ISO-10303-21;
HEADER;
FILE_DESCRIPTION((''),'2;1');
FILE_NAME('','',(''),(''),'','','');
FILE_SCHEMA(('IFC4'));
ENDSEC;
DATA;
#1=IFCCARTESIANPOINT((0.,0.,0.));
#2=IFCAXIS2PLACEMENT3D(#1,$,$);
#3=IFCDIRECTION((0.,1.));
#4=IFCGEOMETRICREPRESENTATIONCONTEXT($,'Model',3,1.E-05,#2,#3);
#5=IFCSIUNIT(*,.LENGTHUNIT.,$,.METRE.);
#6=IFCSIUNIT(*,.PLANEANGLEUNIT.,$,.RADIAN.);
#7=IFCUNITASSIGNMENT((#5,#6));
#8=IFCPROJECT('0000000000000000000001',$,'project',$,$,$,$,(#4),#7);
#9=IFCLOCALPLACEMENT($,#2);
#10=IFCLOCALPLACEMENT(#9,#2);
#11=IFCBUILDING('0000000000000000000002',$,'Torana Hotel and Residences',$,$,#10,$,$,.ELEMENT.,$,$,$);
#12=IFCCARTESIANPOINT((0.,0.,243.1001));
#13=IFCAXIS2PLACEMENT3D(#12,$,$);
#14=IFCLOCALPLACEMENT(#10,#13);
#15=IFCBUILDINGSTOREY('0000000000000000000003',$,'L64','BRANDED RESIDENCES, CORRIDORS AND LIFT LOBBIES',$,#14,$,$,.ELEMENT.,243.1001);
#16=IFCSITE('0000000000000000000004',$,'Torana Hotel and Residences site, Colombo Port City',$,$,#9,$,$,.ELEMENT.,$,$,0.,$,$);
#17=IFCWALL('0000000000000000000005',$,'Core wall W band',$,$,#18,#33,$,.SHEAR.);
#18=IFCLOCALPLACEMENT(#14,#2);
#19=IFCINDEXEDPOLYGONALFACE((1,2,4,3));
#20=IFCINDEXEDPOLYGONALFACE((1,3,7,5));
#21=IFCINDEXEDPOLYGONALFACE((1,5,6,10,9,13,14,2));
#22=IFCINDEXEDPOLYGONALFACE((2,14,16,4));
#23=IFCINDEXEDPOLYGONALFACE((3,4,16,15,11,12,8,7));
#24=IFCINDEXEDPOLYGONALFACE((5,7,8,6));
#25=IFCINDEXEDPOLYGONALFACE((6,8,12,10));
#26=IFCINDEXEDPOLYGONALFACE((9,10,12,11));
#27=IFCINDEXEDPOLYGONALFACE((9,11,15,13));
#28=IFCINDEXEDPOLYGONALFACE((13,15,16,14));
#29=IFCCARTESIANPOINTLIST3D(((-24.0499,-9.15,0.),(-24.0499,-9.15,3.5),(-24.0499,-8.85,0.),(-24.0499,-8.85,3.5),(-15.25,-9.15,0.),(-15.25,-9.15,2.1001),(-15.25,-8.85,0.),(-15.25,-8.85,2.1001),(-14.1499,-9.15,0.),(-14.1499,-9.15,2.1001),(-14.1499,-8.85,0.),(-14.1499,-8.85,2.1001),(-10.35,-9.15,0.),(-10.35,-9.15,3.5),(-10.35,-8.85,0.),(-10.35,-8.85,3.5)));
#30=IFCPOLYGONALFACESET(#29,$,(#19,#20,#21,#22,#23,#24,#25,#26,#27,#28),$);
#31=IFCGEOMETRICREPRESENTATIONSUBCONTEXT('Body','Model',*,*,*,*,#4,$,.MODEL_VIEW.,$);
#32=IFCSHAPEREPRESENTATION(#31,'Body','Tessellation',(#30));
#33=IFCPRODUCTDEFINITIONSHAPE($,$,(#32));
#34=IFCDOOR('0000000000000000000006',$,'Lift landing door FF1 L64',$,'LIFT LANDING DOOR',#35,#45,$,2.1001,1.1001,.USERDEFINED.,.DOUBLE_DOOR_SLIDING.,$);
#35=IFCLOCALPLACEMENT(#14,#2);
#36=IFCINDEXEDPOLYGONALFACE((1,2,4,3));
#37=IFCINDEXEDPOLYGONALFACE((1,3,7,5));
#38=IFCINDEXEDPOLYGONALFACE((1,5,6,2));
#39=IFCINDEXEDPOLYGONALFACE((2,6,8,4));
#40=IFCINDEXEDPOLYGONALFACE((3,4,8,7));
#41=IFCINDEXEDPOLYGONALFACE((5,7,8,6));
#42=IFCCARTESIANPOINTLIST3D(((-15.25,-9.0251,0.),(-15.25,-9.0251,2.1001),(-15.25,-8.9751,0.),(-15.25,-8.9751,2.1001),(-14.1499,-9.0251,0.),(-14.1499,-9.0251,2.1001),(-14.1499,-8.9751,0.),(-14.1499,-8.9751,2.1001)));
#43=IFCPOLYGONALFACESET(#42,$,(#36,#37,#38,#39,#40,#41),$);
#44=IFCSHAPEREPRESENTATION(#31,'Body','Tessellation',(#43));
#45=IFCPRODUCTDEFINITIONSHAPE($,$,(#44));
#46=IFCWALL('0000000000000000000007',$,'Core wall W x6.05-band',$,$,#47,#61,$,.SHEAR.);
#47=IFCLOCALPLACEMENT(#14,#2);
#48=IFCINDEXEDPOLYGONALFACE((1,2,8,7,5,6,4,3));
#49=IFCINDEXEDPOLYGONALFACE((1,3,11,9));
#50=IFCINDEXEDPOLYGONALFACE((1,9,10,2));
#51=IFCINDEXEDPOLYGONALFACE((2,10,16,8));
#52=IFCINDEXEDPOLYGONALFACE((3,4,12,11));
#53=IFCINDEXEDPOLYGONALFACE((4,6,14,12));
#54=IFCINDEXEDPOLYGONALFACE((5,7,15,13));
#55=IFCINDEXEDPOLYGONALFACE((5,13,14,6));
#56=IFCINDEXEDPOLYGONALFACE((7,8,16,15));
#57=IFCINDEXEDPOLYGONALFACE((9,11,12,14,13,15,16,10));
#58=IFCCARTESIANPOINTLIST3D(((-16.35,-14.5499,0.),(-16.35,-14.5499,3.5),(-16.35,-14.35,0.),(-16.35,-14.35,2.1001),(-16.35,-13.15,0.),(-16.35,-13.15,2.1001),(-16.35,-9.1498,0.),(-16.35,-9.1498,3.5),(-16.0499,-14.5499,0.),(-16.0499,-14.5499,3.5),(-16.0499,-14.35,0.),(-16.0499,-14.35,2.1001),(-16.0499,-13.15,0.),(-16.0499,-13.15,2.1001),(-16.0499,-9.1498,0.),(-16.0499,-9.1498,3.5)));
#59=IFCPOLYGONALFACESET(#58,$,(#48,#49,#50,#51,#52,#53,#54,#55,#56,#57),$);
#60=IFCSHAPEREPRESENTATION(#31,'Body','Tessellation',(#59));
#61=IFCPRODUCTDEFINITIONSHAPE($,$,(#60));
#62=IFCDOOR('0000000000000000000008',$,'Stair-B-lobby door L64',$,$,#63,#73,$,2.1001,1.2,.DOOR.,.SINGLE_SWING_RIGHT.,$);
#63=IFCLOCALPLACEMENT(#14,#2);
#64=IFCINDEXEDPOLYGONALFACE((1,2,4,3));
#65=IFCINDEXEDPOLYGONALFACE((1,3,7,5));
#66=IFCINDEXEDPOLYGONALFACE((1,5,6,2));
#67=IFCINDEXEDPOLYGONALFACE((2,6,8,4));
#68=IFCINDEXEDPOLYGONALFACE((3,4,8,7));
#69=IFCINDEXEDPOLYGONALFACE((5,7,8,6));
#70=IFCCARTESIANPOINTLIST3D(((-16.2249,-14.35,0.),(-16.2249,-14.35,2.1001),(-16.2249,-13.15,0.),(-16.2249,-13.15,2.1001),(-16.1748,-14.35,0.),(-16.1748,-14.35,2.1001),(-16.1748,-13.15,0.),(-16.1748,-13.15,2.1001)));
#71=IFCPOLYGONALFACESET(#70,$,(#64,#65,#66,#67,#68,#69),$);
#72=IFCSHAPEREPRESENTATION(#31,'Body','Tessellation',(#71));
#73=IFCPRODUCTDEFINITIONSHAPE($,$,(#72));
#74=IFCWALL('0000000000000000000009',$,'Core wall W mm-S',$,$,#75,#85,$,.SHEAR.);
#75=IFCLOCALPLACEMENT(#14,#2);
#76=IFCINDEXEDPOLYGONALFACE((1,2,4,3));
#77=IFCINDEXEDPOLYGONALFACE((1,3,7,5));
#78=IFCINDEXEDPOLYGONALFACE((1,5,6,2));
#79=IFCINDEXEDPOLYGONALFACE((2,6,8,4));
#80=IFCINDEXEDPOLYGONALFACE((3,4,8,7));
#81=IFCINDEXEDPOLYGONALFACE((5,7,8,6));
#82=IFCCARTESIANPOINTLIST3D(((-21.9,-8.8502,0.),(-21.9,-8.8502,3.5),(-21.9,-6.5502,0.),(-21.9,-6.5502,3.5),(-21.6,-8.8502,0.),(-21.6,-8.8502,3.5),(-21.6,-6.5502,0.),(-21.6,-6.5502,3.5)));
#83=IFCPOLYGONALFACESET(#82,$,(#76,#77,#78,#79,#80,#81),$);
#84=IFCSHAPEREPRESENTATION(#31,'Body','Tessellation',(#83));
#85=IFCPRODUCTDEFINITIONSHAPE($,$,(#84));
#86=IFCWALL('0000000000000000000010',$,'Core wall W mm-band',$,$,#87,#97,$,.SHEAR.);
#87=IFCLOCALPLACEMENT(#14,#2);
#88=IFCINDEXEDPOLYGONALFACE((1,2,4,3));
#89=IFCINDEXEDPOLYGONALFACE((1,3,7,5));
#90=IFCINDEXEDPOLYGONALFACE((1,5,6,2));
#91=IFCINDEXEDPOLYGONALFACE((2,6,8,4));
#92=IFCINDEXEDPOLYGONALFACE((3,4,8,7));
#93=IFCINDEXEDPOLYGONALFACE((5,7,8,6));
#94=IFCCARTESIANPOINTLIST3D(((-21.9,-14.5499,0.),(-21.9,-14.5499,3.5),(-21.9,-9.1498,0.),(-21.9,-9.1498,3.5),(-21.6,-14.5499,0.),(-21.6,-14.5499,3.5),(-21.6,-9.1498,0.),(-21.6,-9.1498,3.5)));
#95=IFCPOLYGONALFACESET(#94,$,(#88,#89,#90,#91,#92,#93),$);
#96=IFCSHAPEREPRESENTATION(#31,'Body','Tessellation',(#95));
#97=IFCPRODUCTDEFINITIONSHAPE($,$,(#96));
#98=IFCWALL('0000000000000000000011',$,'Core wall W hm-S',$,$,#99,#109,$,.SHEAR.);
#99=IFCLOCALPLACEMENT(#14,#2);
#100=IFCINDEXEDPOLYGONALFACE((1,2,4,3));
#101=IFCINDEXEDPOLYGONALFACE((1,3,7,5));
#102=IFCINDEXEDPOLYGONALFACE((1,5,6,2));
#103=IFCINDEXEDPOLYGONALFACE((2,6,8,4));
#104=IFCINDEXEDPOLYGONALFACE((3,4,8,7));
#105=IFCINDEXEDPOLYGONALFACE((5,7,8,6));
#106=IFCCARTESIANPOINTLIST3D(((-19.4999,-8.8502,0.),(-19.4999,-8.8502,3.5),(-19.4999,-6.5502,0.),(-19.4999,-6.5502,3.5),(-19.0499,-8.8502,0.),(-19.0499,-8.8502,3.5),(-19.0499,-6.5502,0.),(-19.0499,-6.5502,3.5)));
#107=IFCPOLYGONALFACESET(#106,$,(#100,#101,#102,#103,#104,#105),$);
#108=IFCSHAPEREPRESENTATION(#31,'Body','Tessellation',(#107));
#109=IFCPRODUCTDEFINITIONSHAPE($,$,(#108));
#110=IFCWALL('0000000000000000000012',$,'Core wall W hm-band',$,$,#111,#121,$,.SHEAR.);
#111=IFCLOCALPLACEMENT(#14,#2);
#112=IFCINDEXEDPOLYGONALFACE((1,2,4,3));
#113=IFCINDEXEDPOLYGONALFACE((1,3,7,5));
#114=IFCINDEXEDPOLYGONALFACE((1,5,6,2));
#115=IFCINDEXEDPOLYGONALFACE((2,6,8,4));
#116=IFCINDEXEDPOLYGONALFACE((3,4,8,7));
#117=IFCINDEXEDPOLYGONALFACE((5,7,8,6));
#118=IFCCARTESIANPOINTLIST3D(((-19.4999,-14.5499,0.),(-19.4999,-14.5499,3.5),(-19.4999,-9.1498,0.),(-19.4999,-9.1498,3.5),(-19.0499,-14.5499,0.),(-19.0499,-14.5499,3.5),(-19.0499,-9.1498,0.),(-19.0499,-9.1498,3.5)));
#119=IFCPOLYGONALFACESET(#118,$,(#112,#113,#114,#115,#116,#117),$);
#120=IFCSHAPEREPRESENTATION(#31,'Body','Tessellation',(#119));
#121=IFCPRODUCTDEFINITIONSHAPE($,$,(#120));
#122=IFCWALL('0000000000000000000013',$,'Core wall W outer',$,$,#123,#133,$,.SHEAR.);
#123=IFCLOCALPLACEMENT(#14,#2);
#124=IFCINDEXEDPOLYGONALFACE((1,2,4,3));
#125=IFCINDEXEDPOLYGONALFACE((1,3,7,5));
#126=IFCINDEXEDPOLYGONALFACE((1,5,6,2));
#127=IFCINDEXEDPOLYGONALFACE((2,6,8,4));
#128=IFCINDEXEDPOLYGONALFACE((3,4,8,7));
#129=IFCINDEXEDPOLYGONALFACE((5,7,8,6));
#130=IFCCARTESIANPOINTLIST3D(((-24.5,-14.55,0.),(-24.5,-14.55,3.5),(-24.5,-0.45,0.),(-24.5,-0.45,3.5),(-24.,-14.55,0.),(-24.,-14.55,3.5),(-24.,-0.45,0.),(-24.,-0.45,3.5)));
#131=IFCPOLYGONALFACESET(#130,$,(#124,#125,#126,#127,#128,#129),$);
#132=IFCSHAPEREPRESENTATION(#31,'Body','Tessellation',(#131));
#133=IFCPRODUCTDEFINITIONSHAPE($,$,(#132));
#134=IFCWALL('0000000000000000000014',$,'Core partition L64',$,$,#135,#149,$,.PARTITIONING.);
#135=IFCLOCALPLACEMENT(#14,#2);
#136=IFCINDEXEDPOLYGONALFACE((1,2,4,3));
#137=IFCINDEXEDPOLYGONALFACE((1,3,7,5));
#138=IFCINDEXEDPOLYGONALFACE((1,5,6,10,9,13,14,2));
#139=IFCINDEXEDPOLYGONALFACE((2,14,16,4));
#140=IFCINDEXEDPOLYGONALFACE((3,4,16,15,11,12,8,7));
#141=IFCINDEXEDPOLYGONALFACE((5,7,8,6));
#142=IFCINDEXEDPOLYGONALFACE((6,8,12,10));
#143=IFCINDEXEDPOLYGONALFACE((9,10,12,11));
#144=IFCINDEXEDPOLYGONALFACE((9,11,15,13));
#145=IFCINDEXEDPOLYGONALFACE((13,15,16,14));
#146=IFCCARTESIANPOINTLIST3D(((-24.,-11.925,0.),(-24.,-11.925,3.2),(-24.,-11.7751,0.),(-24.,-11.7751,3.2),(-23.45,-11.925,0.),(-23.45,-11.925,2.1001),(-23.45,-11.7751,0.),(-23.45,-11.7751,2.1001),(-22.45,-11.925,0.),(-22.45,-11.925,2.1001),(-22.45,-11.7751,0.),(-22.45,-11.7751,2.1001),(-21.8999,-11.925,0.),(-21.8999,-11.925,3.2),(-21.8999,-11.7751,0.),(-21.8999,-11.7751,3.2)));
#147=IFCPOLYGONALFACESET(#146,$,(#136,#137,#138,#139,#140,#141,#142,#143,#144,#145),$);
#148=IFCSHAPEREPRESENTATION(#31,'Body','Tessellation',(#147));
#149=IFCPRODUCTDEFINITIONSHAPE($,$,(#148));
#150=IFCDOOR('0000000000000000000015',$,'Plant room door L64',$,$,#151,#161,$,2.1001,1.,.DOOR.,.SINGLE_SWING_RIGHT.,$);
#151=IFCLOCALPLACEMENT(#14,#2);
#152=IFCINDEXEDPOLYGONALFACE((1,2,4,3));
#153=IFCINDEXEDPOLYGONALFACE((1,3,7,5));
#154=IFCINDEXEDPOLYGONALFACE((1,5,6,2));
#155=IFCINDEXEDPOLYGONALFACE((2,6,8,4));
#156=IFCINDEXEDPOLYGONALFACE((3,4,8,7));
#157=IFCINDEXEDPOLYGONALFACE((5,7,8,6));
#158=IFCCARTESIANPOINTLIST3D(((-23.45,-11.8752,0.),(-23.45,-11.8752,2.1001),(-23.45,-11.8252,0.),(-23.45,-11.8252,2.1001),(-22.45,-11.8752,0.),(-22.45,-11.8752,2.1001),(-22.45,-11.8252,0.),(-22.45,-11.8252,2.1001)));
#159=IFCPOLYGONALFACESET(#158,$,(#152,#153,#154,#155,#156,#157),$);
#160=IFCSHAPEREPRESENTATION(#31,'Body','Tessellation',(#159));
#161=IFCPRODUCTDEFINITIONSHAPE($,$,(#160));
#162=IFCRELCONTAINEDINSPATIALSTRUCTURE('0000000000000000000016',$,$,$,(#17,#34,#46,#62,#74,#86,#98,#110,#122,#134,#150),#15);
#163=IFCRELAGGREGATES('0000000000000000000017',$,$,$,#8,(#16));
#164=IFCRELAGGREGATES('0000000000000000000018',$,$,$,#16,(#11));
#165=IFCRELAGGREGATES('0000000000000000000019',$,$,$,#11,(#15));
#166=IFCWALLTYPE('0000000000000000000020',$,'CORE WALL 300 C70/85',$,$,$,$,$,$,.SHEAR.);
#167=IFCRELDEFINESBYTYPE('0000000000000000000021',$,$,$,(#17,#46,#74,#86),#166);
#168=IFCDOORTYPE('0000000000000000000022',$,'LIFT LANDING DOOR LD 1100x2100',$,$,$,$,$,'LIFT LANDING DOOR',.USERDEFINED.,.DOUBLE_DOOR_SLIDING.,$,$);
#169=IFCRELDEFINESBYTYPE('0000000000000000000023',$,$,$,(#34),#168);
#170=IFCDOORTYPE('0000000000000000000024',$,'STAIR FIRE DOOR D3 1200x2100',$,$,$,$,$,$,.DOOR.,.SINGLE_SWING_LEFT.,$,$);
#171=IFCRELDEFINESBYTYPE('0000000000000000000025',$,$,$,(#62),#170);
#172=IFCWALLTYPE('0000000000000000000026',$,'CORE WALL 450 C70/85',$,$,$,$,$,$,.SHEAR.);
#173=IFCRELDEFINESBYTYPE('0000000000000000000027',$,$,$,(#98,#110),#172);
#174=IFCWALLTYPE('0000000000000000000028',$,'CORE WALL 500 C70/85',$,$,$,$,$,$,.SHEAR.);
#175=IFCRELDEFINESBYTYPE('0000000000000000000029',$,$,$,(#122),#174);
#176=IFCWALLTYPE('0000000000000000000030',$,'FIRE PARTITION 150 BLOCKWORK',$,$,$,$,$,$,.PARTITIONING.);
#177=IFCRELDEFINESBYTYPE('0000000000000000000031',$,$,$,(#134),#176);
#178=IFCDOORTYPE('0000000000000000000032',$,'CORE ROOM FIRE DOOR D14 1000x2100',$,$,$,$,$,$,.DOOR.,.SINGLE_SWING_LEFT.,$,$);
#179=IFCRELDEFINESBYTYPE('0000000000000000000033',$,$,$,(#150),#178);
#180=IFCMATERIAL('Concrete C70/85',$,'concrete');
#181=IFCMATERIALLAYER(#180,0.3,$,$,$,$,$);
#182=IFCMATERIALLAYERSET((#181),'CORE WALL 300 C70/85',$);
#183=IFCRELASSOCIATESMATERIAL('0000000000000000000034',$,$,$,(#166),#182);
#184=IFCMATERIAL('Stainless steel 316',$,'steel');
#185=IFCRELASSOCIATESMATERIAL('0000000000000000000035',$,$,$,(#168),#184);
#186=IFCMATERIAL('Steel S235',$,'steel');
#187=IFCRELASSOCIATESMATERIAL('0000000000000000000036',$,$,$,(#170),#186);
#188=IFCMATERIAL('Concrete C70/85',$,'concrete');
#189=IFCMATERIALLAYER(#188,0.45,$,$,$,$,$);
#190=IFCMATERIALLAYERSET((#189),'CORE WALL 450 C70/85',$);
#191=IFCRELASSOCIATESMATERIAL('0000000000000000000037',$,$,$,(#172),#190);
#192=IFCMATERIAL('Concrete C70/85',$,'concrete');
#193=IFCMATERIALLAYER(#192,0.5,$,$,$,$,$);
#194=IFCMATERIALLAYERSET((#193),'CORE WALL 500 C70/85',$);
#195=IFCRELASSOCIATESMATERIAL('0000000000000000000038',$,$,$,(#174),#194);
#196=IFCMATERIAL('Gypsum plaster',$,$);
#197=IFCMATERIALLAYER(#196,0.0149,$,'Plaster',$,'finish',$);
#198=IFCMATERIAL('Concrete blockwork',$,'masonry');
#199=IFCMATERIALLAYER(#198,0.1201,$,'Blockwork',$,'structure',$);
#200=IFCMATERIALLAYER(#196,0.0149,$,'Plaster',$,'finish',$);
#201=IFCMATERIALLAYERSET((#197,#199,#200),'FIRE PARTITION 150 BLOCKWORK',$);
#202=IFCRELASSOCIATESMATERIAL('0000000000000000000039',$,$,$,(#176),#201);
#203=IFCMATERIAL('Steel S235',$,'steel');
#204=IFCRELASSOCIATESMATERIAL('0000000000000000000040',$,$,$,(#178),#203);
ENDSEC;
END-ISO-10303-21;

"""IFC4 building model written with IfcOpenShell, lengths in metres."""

from ifc_helpers import new_model, si_unit, direction, frame, frame_2d, origin, place, context, subcontext, project, spatial, rectangle, extrude, material, layer, layer_set, type_object, element, fill, save


model = new_model("IFC4")

# Units and contexts
model_context = context("Model", 3, precision=1e-05, world=origin(), true_north=direction((0.0, 1.0)))
body_context = subcontext(model_context, "Body", "Model", "MODEL_VIEW")
ifc_project = project(units=[si_unit("LENGTHUNIT", "METRE"), si_unit("PLANEANGLEUNIT", "RADIAN")], contexts=[model_context])

# Site, building, storey
site_placement = place(None, origin())
site = spatial("IfcSite", under=ifc_project, at=site_placement, Name="Torana Hotel and Residences site, Colombo Port City", CompositionType="ELEMENT", RefElevation=0.0)
building_placement = place(site_placement, origin())
building = spatial("IfcBuilding", under=site, at=building_placement, Name="Torana Hotel and Residences", CompositionType="ELEMENT")
storey_placement = place(building_placement, frame((0.0, 0.0, 243.1001)))
storey = spatial("IfcBuildingStorey", under=building, at=storey_placement, Name="L64", Description="BRANDED RESIDENCES, CORRIDORS AND LIFT LOBBIES", CompositionType="ELEMENT", Elevation=243.1001)

# Walls, openings, doors
ifc_material_1 = material(Name="Concrete C70/85", Category="concrete")
ifc_layer_1 = layer(ifc_material_1, 0.3)
ifc_layer_set_1 = layer_set([ifc_layer_1], Name="CORE WALL 300 C70/85")
wall_type_1 = type_object("IfcWallType", Name="CORE WALL 300 C70/85", PredefinedType="SHEAR", material=ifc_layer_set_1)
wall_1_placement = place(storey_placement, frame((-24.05, -9.0, 0.0), z_axis=(0.0, 0.0, 1.0), x_axis=(1.0, 0.0, 0.0)))
wall_1 = element("IfcWall", 1, at=wall_1_placement, inside=storey, type_object=wall_type_1, Name="Core wall W band", PredefinedType="SHEAR", context=body_context, shape_type="SweptSolid", body=[
    extrude(rectangle(XDim=13.7, YDim=0.3, at=frame_2d((6.8501, 0.0))), origin(), (0.0, 0.0, 1.0), 3.5),
])
opening_1_placement = place(wall_1_placement, frame((8.8, 0.0, 0.0)))
opening_1 = element("IfcOpeningElement", 2, at=opening_1_placement, cuts=wall_1, PredefinedType="OPENING", context=body_context, shape_type="SweptSolid", body=[
    extrude(rectangle(XDim=1.1001, YDim=2.1001, at=frame_2d((0.55, 1.05))), frame((0.0, 0.1599, 0.0), z_axis=(0.0, -1.0, 0.0), x_axis=(1.0, 0.0, 0.0)), (0.0, 0.0, 1.0), 0.3201),
])
ifc_material_2 = material(Name="Stainless steel 316", Category="steel")
door_type_1 = type_object("IfcDoorType", Name="LIFT LANDING DOOR LD 1100x2100", ElementType="LIFT LANDING DOOR", OperationType="DOUBLE_DOOR_SLIDING", PredefinedType="USERDEFINED", material=ifc_material_2)
door_1_placement = place(opening_1_placement, origin())
door_1 = element("IfcDoor", 3, at=door_1_placement, inside=storey, type_object=door_type_1, Name="Lift landing door FF1 L64", ObjectType="LIFT LANDING DOOR", OperationType="DOUBLE_DOOR_SLIDING", OverallHeight=2.1001, OverallWidth=1.1001, PredefinedType="USERDEFINED", context=body_context, shape_type="SweptSolid", body=[
    extrude(rectangle(XDim=1.1001, YDim=2.1001, at=frame_2d((0.55, 1.05))), frame((0.0, 0.0249, 0.0), z_axis=(0.0, -1.0, 0.0), x_axis=(1.0, 0.0, 0.0)), (0.0, 0.0, 1.0), 0.05),
])
fill(opening_1, door_1)
wall_2_placement = place(storey_placement, frame((-16.2, -14.55, 0.0), z_axis=(0.0, 0.0, 1.0), x_axis=(0.0, 1.0, 0.0)))
wall_2 = element("IfcWall", 4, at=wall_2_placement, inside=storey, type_object=wall_type_1, Name="Core wall W x6.05-band", PredefinedType="SHEAR", context=body_context, shape_type="SweptSolid", body=[
    extrude(rectangle(XDim=5.4001, YDim=0.3, at=frame_2d((2.7002, 0.0))), origin(), (0.0, 0.0, 1.0), 3.5),
])
opening_2_placement = place(wall_2_placement, frame((0.2, 0.0, 0.0)))
opening_2 = element("IfcOpeningElement", 5, at=opening_2_placement, cuts=wall_2, PredefinedType="OPENING", context=body_context, shape_type="SweptSolid", body=[
    extrude(rectangle(XDim=1.2, YDim=2.1001, at=frame_2d((0.6001, 1.05))), frame((0.0, 0.1599, 0.0), z_axis=(0.0, -1.0, 0.0), x_axis=(1.0, 0.0, 0.0)), (0.0, 0.0, 1.0), 0.3201),
])
ifc_material_3 = material(Name="Steel S235", Category="steel")
door_type_2 = type_object("IfcDoorType", Name="STAIR FIRE DOOR D3 1200x2100", OperationType="SINGLE_SWING_LEFT", PredefinedType="DOOR", material=ifc_material_3)
door_2_placement = place(opening_2_placement, origin())
door_2 = element("IfcDoor", 6, at=door_2_placement, inside=storey, type_object=door_type_2, Name="Stair-B-lobby door L64", OperationType="SINGLE_SWING_RIGHT", OverallHeight=2.1001, OverallWidth=1.2, PredefinedType="DOOR", context=body_context, shape_type="SweptSolid", body=[
    extrude(rectangle(XDim=1.2, YDim=2.1001, at=frame_2d((0.6001, 1.05))), frame((0.0, 0.0249, 0.0), z_axis=(0.0, -1.0, 0.0), x_axis=(1.0, 0.0, 0.0)), (0.0, 0.0, 1.0), 0.05),
])
fill(opening_2, door_2)

# Walls
wall_3_placement = place(storey_placement, frame((-21.75, -8.8501, 0.0), z_axis=(0.0, 0.0, 1.0), x_axis=(0.0, 1.0, 0.0)))
element("IfcWall", 7, at=wall_3_placement, inside=storey, type_object=wall_type_1, Name="Core wall W mm-S", PredefinedType="SHEAR", context=body_context, shape_type="SweptSolid", body=[
    extrude(rectangle(XDim=2.3, YDim=0.3, at=frame_2d((1.1499, 0.0))), origin(), (0.0, 0.0, 1.0), 3.5),
])
wall_4_placement = place(storey_placement, frame((-21.75, -14.55, 0.0), z_axis=(0.0, 0.0, 1.0), x_axis=(0.0, 1.0, 0.0)))
element("IfcWall", 8, at=wall_4_placement, inside=storey, type_object=wall_type_1, Name="Core wall W mm-band", PredefinedType="SHEAR", context=body_context, shape_type="SweptSolid", body=[
    extrude(rectangle(XDim=5.4001, YDim=0.3, at=frame_2d((2.7002, 0.0))), origin(), (0.0, 0.0, 1.0), 3.5),
])
ifc_material_4 = material(Name="Concrete C70/85", Category="concrete")
ifc_layer_2 = layer(ifc_material_4, 0.45)
ifc_layer_set_2 = layer_set([ifc_layer_2], Name="CORE WALL 450 C70/85")
wall_type_2 = type_object("IfcWallType", Name="CORE WALL 450 C70/85", PredefinedType="SHEAR", material=ifc_layer_set_2)
wall_5_placement = place(storey_placement, frame((-19.2749, -8.8501, 0.0), z_axis=(0.0, 0.0, 1.0), x_axis=(0.0, 1.0, 0.0)))
element("IfcWall", 9, at=wall_5_placement, inside=storey, type_object=wall_type_2, Name="Core wall W hm-S", PredefinedType="SHEAR", context=body_context, shape_type="SweptSolid", body=[
    extrude(rectangle(XDim=2.3, YDim=0.45, at=frame_2d((1.1499, 0.0))), origin(), (0.0, 0.0, 1.0), 3.5),
])
wall_6_placement = place(storey_placement, frame((-19.2749, -14.55, 0.0), z_axis=(0.0, 0.0, 1.0), x_axis=(0.0, 1.0, 0.0)))
element("IfcWall", 10, at=wall_6_placement, inside=storey, type_object=wall_type_2, Name="Core wall W hm-band", PredefinedType="SHEAR", context=body_context, shape_type="SweptSolid", body=[
    extrude(rectangle(XDim=5.4001, YDim=0.45, at=frame_2d((2.7002, 0.0))), origin(), (0.0, 0.0, 1.0), 3.5),
])
ifc_material_5 = material(Name="Concrete C70/85", Category="concrete")
ifc_layer_3 = layer(ifc_material_5, 0.5)
ifc_layer_set_3 = layer_set([ifc_layer_3], Name="CORE WALL 500 C70/85")
wall_type_3 = type_object("IfcWallType", Name="CORE WALL 500 C70/85", PredefinedType="SHEAR", material=ifc_layer_set_3)
wall_7_placement = place(storey_placement, frame((-24.25, -14.55, 0.0), z_axis=(0.0, 0.0, 1.0), x_axis=(0.0, 1.0, 0.0)))
element("IfcWall", 11, at=wall_7_placement, inside=storey, type_object=wall_type_3, Name="Core wall W outer", PredefinedType="SHEAR", context=body_context, shape_type="SweptSolid", body=[
    extrude(rectangle(XDim=14.1001, YDim=0.5, at=frame_2d((7.05, 0.0))), origin(), (0.0, 0.0, 1.0), 3.5),
])

# Wall, opening, door
ifc_material_6 = material(Name="Gypsum plaster")
ifc_layer_4 = layer(ifc_material_6, 0.0149, Name="Plaster", Category="finish")
ifc_material_7 = material(Name="Concrete blockwork", Category="masonry")
ifc_layer_5 = layer(ifc_material_7, 0.1201, Name="Blockwork", Category="structure")
ifc_layer_6 = layer(ifc_material_6, 0.0149, Name="Plaster", Category="finish")
ifc_layer_set_4 = layer_set([ifc_layer_4, ifc_layer_5, ifc_layer_6], Name="FIRE PARTITION 150 BLOCKWORK")
wall_type_4 = type_object("IfcWallType", Name="FIRE PARTITION 150 BLOCKWORK", PredefinedType="PARTITIONING", material=ifc_layer_set_4)
wall_8_placement = place(storey_placement, frame((-24.0, -11.8501, 0.0), z_axis=(0.0, 0.0, 1.0), x_axis=(1.0, 0.0, 0.0)))
wall_8 = element("IfcWall", 12, at=wall_8_placement, inside=storey, type_object=wall_type_4, Name="Core partition L64", PredefinedType="PARTITIONING", context=body_context, shape_type="SweptSolid", body=[
    extrude(rectangle(XDim=2.1001, YDim=0.1499, at=frame_2d((1.05, 0.0))), origin(), (0.0, 0.0, 1.0), 3.2),
])
opening_3_placement = place(wall_8_placement, frame((0.55, 0.0, 0.0)))
opening_3 = element("IfcOpeningElement", 13, at=opening_3_placement, cuts=wall_8, PredefinedType="OPENING", context=body_context, shape_type="SweptSolid", body=[
    extrude(rectangle(XDim=1.0, YDim=2.1001, at=frame_2d((0.5, 1.05))), frame((0.0, 0.085, 0.0), z_axis=(0.0, -1.0, 0.0), x_axis=(1.0, 0.0, 0.0)), (0.0, 0.0, 1.0), 0.1699),
])
ifc_material_8 = material(Name="Steel S235", Category="steel")
door_type_3 = type_object("IfcDoorType", Name="CORE ROOM FIRE DOOR D14 1000x2100", OperationType="SINGLE_SWING_LEFT", PredefinedType="DOOR", material=ifc_material_8)
door_3_placement = place(opening_3_placement, origin())
door_3 = element("IfcDoor", 14, at=door_3_placement, inside=storey, type_object=door_type_3, Name="Plant room door L64", OperationType="SINGLE_SWING_RIGHT", OverallHeight=2.1001, OverallWidth=1.0, PredefinedType="DOOR", context=body_context, shape_type="SweptSolid", body=[
    extrude(rectangle(XDim=1.0, YDim=2.1001, at=frame_2d((0.5, 1.05))), frame((0.0, 0.0249, 0.0), z_axis=(0.0, -1.0, 0.0), x_axis=(1.0, 0.0, 0.0)), (0.0, 0.0, 1.0), 0.05),
])
fill(opening_3, door_3)

save(model, "model.ifc")
